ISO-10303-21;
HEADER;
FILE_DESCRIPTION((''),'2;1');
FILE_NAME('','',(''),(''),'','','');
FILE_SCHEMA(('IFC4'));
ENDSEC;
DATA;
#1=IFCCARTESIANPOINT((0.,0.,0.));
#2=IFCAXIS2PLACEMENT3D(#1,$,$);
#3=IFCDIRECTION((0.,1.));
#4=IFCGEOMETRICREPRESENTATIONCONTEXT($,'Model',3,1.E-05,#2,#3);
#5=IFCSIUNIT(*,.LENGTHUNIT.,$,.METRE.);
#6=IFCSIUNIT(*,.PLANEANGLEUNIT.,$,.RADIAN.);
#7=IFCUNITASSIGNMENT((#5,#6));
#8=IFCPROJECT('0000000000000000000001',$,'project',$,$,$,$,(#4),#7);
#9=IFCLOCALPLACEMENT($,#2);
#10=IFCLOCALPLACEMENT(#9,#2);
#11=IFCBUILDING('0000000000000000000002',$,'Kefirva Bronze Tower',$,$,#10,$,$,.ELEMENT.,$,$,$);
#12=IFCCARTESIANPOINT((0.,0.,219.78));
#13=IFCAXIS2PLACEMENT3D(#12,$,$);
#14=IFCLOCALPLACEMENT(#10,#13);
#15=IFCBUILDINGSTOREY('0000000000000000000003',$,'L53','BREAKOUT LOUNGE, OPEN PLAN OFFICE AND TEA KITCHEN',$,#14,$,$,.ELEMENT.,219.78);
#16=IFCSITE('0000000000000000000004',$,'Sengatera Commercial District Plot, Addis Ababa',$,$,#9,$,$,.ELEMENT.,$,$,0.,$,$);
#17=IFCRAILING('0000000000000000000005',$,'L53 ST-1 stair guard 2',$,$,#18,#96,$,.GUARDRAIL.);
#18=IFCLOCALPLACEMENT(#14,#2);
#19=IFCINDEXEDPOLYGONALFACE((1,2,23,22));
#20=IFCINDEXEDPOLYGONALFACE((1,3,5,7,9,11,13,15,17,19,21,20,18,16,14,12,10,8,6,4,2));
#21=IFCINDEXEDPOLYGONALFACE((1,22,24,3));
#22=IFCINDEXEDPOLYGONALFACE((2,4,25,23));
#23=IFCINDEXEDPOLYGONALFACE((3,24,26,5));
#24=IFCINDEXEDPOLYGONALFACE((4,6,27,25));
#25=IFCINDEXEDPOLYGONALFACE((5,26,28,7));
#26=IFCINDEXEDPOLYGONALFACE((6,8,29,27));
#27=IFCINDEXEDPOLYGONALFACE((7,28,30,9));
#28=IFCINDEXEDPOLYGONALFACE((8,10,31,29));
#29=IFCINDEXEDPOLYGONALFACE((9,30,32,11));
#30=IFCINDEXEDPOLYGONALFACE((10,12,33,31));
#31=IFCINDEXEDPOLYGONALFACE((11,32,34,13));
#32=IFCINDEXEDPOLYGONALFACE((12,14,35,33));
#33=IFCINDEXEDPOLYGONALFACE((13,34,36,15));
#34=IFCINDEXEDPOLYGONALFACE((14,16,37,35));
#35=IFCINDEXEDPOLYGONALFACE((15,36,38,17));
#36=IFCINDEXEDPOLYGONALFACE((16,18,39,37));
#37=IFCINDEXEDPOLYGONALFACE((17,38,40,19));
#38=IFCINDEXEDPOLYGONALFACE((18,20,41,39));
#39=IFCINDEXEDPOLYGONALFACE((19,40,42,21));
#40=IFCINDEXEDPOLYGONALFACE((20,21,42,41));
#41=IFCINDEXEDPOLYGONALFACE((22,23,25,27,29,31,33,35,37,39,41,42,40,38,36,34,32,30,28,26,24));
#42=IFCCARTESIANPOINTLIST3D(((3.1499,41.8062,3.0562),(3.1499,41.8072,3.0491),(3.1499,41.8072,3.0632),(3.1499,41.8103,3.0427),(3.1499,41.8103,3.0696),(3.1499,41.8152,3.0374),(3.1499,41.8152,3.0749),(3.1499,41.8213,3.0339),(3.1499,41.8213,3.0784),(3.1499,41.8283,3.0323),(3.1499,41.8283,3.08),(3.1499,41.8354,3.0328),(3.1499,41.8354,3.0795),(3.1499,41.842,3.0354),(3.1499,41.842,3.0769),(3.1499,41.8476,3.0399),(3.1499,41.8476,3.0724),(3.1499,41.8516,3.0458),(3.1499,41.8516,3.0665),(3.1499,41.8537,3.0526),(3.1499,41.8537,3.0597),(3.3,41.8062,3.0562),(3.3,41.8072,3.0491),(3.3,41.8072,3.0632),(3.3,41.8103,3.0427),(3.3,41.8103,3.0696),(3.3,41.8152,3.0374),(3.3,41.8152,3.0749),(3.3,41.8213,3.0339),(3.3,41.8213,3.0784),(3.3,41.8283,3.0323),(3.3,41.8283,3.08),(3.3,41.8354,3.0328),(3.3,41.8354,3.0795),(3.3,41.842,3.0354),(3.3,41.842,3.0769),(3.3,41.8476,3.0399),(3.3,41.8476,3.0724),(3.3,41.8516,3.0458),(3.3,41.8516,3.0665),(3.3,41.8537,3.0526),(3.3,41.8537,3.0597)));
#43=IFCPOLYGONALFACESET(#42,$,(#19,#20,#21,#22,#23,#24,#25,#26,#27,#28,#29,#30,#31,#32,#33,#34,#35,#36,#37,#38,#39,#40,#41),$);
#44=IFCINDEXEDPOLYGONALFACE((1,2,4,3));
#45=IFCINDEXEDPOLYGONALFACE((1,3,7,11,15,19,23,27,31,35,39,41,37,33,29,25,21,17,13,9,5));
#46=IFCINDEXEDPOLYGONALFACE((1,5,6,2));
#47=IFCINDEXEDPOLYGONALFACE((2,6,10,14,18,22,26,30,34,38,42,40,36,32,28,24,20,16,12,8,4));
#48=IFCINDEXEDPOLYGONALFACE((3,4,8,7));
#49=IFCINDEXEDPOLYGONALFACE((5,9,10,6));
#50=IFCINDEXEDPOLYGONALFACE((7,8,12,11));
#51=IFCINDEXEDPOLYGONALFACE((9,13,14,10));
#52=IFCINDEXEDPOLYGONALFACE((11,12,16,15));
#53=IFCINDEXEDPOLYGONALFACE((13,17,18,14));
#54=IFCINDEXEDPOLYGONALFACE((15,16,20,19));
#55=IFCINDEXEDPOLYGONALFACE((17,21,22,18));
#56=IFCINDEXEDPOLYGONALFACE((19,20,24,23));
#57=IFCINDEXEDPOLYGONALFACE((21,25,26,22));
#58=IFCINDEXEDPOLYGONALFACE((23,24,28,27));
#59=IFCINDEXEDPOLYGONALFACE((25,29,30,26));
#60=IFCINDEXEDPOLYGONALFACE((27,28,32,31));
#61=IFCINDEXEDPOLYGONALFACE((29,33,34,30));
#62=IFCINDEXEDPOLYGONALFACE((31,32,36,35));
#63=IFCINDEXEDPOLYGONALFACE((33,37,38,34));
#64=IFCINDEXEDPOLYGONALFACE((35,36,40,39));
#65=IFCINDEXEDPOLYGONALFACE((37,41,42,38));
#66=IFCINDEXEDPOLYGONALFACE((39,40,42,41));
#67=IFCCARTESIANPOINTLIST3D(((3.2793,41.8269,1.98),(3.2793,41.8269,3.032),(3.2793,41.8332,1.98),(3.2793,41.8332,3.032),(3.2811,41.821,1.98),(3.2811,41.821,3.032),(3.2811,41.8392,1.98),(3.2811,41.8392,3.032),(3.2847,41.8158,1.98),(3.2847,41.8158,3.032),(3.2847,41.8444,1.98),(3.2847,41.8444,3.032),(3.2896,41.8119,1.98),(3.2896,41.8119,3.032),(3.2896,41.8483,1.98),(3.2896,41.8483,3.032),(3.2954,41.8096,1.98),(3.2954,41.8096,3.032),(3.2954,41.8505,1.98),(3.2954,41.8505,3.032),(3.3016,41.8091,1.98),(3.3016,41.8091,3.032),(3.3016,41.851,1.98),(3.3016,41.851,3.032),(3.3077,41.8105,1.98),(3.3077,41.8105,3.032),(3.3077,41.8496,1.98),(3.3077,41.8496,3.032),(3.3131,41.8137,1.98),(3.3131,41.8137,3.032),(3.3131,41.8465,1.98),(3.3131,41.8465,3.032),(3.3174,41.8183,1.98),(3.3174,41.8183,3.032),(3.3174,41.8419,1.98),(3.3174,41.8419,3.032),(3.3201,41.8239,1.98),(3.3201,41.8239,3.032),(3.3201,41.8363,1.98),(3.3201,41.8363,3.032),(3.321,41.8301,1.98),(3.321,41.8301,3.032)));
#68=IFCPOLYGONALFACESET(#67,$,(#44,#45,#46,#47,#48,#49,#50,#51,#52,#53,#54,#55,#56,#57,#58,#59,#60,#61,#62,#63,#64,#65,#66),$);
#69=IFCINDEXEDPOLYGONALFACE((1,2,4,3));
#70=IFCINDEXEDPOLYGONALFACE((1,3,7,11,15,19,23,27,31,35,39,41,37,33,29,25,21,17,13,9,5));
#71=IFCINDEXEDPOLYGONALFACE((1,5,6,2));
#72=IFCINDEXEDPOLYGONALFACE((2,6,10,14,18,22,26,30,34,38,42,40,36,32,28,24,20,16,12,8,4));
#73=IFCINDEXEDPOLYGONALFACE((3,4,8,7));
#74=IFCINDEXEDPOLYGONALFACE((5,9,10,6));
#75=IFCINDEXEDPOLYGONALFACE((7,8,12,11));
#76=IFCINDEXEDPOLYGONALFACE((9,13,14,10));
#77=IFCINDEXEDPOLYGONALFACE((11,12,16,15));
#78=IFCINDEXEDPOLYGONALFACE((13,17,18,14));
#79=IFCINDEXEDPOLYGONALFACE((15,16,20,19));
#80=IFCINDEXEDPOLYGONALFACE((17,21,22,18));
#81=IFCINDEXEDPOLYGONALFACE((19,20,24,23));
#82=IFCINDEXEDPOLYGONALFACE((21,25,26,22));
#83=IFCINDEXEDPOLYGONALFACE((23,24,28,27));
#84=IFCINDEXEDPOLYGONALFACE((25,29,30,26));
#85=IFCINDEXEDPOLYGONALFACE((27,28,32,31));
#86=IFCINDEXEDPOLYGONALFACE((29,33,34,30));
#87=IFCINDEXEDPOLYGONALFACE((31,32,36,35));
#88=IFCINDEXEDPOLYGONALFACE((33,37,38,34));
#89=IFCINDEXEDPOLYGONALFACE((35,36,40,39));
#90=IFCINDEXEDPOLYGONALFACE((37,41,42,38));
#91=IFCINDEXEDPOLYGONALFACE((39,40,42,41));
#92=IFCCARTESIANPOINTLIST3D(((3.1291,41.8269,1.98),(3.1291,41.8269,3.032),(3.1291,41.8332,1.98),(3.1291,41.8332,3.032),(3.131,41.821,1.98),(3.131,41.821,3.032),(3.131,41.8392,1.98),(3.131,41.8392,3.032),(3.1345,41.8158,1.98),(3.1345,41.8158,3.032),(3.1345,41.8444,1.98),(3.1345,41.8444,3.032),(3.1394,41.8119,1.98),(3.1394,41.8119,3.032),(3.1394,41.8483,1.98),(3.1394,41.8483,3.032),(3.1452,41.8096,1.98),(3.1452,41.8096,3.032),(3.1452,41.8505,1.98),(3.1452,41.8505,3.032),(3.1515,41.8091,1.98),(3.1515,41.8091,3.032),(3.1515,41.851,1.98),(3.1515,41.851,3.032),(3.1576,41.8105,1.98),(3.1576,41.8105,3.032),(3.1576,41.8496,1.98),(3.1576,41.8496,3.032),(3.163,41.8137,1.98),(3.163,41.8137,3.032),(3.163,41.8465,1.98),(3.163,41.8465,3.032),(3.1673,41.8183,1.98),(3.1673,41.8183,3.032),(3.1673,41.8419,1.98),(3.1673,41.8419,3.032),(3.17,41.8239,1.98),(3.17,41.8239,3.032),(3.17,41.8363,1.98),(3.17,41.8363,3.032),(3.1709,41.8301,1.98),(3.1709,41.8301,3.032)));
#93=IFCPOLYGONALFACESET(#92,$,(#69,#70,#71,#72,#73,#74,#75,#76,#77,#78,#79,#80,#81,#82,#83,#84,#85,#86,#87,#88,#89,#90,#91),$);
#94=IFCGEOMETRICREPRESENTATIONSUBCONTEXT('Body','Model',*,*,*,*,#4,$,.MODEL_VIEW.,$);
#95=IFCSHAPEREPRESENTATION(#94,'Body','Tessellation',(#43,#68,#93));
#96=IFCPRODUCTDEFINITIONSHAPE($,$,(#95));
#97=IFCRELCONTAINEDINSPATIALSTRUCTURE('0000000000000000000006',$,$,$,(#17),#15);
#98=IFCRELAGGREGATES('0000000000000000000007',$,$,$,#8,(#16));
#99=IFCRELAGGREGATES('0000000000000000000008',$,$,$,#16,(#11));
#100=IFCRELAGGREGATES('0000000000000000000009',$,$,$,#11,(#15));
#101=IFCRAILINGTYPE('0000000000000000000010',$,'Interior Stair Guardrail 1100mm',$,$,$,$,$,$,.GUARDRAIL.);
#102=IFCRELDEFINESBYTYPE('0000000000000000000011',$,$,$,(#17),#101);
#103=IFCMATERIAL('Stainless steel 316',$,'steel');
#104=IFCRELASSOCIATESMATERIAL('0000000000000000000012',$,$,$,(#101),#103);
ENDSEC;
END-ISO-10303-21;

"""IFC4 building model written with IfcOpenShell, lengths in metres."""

from ifc_helpers import new_model, si_unit, direction, frame, origin, origin_2d, place, context, subcontext, project, spatial, circle, extrude, material, type_object, element, save


model = new_model("IFC4")

# Units and contexts
model_context = context("Model", 3, precision=1e-05, world=origin(), true_north=direction((0.0, 1.0)))
body_context = subcontext(model_context, "Body", "Model", "MODEL_VIEW")
ifc_project = project(units=[si_unit("LENGTHUNIT", "METRE"), si_unit("PLANEANGLEUNIT", "RADIAN")], contexts=[model_context])

# Site, building, storey
site_placement = place(None, origin())
site = spatial("IfcSite", under=ifc_project, at=site_placement, Name="Sengatera Commercial District Plot, Addis Ababa", CompositionType="ELEMENT", RefElevation=0.0)
building_placement = place(site_placement, origin())
building = spatial("IfcBuilding", under=site, at=building_placement, Name="Kefirva Bronze Tower", CompositionType="ELEMENT")
storey_placement = place(building_placement, frame((0.0, 0.0, 219.78)))
storey = spatial("IfcBuildingStorey", under=building, at=storey_placement, Name="L53", Description="BREAKOUT LOUNGE, OPEN PLAN OFFICE AND TEA KITCHEN", CompositionType="ELEMENT", Elevation=219.78)

# Railing
ifc_material_1 = material(Name="Stainless steel 316", Category="steel")
railing_type_1 = type_object("IfcRailingType", Name="Interior Stair Guardrail 1100mm", PredefinedType="GUARDRAIL", material=ifc_material_1)
railing_1_placement = place(storey_placement, frame((3.3, 41.8301, 1.98)))
element("IfcRailing", 1, at=railing_1_placement, inside=storey, type_object=railing_type_1, Name="L53 ST-1 stair guard 2", PredefinedType="GUARDRAIL", context=body_context, shape_type="SweptSolid", body=[
    extrude(circle(Radius=0.0239, at=origin_2d()), frame((0.0, 0.0, 1.0762), z_axis=(-1.0, 0.0, 0.0), x_axis=(0.0, -1.0, 0.0)), (0.0, 0.0, 1.0), 0.1501),
    extrude(circle(Radius=0.021, at=origin_2d()), origin(), (0.0, 0.0, 1.0), 1.052),
    extrude(circle(Radius=0.021, at=origin_2d()), frame((-0.1501, 0.0, 0.0)), (0.0, 0.0, 1.0), 1.052),
])

save(model, "model.ifc")
